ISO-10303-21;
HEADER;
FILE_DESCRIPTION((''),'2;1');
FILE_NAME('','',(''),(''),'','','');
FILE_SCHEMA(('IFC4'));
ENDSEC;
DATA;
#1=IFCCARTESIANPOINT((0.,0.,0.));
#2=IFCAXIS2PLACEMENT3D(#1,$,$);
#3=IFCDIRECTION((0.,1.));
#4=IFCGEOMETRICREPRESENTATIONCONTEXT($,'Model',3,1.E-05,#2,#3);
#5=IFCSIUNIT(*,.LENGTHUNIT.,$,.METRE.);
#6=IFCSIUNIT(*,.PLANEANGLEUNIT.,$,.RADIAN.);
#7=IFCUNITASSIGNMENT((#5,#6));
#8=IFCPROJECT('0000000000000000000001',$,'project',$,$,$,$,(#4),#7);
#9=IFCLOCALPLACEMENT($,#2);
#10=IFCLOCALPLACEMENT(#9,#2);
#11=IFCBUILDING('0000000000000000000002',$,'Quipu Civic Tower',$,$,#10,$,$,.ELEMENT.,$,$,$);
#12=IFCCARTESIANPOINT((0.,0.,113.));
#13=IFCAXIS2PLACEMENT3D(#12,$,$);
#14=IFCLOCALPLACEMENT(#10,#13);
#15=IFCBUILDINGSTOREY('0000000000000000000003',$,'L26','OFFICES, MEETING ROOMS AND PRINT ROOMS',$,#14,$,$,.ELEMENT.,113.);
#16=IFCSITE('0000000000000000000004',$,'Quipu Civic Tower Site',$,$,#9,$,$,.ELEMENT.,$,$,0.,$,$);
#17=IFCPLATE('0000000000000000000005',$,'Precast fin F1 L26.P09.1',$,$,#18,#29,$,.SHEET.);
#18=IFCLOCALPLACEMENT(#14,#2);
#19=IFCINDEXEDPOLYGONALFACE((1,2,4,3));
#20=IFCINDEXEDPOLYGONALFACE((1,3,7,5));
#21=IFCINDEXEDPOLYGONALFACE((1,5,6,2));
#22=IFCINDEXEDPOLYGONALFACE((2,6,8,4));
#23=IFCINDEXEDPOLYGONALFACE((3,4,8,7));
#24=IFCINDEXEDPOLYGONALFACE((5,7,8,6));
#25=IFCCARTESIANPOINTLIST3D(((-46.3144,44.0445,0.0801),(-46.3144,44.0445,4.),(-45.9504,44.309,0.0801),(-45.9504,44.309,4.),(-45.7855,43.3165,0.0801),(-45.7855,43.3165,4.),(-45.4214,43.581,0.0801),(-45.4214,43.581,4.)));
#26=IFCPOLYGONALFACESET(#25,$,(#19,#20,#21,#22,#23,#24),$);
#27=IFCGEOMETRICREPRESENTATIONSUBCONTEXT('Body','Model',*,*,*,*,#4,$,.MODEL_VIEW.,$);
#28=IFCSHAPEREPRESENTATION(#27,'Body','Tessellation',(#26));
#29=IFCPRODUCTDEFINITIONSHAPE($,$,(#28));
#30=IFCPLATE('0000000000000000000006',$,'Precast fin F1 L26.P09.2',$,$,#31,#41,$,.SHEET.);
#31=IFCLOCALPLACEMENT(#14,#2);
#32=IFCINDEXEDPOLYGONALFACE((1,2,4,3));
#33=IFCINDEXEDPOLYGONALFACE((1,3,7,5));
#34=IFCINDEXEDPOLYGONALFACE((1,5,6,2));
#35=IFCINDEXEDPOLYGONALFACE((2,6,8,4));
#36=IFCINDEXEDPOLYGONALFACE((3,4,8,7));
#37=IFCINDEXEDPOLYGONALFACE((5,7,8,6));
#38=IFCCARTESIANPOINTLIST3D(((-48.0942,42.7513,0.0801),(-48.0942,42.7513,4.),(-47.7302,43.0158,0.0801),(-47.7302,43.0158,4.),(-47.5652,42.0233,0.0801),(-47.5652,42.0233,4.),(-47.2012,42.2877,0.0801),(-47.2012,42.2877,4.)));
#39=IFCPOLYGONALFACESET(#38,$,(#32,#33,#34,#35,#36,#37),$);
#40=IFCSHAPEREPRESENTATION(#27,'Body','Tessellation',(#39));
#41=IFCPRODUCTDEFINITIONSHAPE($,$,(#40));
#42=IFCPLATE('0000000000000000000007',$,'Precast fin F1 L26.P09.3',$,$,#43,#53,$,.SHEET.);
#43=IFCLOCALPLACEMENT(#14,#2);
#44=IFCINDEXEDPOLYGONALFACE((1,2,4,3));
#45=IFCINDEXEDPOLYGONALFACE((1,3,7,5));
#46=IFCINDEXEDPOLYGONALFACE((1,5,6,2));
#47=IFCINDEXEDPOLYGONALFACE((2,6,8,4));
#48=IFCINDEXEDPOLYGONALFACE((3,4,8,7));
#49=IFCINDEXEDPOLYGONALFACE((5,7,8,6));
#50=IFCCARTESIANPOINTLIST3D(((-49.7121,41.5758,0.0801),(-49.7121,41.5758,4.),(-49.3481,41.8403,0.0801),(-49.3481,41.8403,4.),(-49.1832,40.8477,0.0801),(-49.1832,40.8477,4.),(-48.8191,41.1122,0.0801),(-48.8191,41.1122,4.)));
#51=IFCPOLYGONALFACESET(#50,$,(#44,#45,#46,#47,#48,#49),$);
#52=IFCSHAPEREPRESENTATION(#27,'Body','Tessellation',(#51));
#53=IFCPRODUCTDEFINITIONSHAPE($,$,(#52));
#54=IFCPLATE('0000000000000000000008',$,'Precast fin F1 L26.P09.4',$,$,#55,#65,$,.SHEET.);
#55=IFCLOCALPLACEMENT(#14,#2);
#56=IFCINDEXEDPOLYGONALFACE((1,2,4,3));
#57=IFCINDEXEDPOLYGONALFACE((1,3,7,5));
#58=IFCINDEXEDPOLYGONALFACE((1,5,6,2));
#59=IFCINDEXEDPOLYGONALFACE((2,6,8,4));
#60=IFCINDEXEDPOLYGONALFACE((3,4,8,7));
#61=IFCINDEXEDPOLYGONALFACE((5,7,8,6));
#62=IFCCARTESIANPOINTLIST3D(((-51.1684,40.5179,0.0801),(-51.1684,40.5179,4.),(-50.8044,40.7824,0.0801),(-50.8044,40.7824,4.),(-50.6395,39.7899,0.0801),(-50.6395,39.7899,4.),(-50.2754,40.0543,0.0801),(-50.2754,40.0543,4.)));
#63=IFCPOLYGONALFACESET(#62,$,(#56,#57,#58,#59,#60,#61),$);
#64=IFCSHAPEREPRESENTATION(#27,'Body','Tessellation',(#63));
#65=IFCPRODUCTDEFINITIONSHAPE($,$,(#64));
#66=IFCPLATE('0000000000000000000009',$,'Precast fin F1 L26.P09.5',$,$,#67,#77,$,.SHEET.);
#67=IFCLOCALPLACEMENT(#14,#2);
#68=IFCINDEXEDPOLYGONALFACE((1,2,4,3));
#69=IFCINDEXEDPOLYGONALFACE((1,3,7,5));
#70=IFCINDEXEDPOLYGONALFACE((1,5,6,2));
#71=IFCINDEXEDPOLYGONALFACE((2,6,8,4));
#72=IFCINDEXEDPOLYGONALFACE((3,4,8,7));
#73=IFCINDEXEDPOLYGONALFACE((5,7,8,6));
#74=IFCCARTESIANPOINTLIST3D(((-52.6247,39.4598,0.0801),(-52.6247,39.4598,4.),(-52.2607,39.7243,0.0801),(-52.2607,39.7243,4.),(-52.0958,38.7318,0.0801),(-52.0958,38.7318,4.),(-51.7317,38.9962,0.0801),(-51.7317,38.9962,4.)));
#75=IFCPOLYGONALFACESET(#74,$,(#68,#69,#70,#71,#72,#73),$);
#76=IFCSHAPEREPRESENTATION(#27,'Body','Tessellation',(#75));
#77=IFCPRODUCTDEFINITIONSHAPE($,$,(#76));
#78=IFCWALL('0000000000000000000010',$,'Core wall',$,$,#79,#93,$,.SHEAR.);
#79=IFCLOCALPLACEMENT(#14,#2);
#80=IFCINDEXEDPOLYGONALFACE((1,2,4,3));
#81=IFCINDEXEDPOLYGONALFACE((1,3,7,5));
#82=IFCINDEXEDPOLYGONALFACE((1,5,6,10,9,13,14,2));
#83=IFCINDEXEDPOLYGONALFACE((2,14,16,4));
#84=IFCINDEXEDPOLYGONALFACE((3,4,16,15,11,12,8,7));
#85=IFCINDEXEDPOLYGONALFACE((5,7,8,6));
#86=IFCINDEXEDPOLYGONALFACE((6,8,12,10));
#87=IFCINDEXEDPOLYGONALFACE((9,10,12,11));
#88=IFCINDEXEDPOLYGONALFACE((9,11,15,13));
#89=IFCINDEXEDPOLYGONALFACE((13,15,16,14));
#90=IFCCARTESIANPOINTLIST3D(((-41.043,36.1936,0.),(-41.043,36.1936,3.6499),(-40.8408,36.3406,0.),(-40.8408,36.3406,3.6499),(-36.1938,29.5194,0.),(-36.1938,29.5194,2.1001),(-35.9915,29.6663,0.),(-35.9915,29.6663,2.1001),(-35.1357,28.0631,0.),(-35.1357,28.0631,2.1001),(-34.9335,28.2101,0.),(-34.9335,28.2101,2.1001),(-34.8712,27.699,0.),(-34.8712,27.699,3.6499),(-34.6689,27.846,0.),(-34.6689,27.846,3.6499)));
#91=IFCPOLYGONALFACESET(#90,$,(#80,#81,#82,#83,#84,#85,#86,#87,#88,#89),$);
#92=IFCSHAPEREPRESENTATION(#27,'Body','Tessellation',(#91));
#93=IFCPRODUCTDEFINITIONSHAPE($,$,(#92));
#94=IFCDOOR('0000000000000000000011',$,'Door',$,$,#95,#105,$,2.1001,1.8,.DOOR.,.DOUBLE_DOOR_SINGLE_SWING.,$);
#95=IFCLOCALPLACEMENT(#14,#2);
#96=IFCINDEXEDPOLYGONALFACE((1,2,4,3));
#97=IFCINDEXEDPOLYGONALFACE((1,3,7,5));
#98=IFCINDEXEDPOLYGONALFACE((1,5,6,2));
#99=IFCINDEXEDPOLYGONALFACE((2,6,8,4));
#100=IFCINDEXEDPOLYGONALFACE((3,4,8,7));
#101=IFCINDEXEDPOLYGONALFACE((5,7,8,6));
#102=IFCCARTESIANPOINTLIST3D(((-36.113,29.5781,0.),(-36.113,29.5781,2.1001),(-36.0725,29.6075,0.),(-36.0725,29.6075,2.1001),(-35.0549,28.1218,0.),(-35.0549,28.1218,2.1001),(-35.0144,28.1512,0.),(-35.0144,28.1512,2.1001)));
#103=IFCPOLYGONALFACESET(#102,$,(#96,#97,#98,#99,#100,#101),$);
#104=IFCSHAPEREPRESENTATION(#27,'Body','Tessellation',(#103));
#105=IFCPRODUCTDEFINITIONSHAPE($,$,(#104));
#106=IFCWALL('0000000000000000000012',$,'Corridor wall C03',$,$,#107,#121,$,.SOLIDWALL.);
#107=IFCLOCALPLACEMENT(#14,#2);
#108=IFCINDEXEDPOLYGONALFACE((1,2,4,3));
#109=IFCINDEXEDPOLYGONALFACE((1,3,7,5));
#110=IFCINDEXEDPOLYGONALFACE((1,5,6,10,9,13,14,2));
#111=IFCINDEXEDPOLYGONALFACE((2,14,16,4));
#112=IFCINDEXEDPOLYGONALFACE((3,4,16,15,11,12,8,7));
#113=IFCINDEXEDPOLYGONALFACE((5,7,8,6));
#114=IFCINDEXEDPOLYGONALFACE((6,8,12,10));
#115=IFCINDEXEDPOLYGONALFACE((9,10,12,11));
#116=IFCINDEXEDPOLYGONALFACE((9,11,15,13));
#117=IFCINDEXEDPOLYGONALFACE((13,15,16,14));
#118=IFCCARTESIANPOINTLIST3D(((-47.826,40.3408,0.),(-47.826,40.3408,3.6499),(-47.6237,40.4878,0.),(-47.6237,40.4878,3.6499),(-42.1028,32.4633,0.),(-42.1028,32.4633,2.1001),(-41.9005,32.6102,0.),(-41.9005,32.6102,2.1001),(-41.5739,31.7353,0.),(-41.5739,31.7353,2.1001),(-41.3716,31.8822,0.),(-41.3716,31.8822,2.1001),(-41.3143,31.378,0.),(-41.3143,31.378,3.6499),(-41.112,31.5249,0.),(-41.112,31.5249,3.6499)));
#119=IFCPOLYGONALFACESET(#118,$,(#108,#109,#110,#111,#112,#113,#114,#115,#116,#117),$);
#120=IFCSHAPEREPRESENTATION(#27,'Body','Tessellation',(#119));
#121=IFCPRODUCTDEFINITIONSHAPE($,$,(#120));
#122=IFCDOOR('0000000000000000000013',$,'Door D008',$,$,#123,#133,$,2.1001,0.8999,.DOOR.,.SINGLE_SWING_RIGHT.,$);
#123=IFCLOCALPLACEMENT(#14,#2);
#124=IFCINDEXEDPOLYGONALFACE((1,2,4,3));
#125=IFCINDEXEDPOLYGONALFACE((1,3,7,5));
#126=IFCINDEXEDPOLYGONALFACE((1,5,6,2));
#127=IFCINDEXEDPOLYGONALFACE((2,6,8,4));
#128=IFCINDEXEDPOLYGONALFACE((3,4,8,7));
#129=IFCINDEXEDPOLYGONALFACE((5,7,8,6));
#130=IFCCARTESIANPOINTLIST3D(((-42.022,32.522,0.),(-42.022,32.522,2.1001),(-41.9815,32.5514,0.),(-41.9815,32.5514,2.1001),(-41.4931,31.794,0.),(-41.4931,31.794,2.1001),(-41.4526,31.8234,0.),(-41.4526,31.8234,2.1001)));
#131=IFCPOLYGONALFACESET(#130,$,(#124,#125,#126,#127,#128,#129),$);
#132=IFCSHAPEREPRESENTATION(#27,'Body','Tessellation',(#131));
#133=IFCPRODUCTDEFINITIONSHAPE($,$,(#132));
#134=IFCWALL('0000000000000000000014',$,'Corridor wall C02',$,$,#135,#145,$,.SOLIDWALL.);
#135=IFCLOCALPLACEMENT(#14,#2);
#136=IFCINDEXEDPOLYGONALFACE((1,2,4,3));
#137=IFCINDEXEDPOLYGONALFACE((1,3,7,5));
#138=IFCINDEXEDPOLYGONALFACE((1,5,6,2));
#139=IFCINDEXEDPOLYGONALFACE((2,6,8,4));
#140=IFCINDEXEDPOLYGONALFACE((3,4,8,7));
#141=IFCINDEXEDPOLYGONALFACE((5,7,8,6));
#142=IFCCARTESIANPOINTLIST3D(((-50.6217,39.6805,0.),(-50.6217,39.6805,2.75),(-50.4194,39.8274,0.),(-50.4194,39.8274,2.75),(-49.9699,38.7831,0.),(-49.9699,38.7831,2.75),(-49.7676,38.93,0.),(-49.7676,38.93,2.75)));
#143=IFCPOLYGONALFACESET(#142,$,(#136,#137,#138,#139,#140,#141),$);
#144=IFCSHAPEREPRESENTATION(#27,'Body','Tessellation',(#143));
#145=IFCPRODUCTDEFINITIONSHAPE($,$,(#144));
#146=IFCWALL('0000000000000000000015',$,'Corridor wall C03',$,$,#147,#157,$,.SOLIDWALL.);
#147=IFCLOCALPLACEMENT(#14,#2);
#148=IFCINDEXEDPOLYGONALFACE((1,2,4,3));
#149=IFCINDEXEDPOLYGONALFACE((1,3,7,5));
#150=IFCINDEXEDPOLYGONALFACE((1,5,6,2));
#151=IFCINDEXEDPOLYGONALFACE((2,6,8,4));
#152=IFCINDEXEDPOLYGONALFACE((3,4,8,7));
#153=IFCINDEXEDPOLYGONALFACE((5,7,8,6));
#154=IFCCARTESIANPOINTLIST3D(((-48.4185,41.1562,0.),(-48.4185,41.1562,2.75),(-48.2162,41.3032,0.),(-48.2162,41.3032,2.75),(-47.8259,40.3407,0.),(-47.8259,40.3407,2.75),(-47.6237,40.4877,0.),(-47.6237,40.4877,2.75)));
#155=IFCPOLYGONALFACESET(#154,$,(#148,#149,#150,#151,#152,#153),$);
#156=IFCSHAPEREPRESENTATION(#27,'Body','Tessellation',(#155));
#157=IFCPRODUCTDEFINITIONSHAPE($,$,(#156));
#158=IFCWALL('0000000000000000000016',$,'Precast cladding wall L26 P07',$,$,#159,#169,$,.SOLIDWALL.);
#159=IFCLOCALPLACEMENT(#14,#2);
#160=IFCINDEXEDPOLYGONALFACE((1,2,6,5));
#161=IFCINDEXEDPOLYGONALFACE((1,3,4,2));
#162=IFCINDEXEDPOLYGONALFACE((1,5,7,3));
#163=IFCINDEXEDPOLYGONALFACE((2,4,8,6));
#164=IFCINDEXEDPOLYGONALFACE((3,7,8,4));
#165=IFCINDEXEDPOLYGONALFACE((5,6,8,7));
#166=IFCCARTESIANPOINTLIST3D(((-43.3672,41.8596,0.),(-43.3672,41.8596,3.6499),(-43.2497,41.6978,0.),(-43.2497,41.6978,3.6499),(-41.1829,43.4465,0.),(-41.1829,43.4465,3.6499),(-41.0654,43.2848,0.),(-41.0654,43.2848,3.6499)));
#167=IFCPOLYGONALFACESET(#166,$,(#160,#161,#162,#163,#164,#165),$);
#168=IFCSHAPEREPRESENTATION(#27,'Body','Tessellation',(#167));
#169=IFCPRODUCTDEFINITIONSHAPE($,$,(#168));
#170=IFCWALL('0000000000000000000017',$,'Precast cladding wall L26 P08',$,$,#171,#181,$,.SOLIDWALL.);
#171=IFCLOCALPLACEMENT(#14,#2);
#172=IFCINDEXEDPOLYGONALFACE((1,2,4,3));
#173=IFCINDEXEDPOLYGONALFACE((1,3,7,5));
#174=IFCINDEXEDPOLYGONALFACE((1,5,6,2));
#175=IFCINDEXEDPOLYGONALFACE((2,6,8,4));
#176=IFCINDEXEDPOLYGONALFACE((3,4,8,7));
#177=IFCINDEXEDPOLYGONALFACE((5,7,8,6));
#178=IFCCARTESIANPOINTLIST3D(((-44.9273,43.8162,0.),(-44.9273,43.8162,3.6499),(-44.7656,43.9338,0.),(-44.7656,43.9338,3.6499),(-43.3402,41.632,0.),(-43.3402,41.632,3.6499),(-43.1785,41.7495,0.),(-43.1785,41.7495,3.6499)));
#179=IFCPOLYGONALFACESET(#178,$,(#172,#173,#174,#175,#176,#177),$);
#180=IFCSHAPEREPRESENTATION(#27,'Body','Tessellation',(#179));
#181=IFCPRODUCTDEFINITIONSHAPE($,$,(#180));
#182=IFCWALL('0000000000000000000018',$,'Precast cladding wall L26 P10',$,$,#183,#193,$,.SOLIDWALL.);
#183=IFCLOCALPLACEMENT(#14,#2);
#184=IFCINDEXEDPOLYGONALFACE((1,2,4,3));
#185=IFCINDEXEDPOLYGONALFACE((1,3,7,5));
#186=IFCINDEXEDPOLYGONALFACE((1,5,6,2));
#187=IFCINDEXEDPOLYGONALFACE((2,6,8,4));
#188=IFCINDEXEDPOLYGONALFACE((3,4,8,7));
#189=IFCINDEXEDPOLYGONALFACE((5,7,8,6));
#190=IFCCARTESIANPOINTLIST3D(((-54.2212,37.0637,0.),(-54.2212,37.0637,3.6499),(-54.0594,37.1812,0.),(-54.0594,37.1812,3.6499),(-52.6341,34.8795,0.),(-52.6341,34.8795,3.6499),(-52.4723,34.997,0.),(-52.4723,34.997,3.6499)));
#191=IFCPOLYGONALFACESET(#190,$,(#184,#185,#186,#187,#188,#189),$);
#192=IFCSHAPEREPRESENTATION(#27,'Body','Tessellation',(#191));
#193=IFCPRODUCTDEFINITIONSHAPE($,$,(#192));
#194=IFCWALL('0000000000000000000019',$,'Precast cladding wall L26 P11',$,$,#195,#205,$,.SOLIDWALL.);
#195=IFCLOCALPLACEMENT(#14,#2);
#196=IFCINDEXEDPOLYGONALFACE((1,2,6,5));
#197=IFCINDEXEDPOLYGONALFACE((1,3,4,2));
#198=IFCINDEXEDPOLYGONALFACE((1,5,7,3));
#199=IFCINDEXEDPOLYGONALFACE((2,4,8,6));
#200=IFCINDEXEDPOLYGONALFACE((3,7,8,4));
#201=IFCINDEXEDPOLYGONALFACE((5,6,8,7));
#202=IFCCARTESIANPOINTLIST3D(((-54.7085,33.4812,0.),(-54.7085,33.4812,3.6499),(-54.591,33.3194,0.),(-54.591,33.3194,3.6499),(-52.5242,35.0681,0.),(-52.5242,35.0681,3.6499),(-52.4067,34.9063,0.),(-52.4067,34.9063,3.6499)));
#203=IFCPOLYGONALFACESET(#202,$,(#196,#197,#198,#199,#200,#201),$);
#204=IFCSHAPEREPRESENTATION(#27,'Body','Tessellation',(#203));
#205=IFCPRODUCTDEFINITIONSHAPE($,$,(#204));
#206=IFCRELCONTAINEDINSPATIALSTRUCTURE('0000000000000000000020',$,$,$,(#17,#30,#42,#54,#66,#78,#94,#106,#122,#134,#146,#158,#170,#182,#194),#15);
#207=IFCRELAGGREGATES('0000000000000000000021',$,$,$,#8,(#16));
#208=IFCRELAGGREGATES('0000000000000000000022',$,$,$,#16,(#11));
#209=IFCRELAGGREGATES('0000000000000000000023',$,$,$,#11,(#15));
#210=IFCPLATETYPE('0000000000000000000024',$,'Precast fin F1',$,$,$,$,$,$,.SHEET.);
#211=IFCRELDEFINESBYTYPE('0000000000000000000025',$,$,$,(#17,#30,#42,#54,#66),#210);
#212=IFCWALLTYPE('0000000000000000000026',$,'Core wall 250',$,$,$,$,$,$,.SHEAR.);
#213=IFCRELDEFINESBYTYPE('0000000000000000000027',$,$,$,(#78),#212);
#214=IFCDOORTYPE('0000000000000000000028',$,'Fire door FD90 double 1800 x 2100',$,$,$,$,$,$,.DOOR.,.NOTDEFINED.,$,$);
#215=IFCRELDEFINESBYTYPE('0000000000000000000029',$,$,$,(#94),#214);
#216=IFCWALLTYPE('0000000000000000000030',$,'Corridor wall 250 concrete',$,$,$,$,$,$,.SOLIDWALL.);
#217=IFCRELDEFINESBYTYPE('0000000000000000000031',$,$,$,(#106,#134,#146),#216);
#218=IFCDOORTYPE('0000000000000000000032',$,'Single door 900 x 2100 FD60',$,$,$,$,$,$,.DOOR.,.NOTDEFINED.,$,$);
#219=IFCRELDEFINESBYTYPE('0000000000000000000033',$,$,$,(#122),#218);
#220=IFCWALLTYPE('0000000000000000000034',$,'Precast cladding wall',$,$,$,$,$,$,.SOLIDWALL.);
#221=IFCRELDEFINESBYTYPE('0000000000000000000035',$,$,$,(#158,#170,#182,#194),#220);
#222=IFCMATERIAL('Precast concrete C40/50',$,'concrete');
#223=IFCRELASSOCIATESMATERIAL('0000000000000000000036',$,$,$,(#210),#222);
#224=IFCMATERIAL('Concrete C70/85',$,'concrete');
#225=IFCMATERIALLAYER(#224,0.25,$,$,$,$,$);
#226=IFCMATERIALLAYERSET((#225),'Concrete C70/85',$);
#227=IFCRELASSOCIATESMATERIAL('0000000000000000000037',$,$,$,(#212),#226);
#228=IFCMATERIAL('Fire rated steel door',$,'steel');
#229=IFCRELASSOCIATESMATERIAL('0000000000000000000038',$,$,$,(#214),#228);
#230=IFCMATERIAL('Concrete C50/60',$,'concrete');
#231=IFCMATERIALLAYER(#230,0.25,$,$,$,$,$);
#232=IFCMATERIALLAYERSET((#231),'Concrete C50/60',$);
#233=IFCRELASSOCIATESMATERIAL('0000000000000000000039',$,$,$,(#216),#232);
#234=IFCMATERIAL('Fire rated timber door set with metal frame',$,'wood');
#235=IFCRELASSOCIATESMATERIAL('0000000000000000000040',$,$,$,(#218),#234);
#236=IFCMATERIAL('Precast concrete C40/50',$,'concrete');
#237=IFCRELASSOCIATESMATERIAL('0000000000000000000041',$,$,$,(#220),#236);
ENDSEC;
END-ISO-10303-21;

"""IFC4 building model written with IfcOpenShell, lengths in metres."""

from ifc_helpers import new_model, si_unit, direction, frame, frame_2d, origin, origin_2d, place, context, subcontext, project, spatial, rectangle, extrude, material, layer, layer_set, type_object, element, fill, save


model = new_model("IFC4")

# Units and contexts
model_context = context("Model", 3, precision=1e-05, world=origin(), true_north=direction((0.0, 1.0)))
body_context = subcontext(model_context, "Body", "Model", "MODEL_VIEW")
ifc_project = project(units=[si_unit("LENGTHUNIT", "METRE"), si_unit("PLANEANGLEUNIT", "RADIAN")], contexts=[model_context])

# Site, building, storey
site_placement = place(None, origin())
site = spatial("IfcSite", under=ifc_project, at=site_placement, Name="Quipu Civic Tower Site", CompositionType="ELEMENT", RefElevation=0.0)
building_placement = place(site_placement, origin())
building = spatial("IfcBuilding", under=site, at=building_placement, Name="Quipu Civic Tower", CompositionType="ELEMENT")
storey_placement = place(building_placement, frame((0.0, 0.0, 113.0)))
storey = spatial("IfcBuildingStorey", under=building, at=storey_placement, Name="L26", Description="OFFICES, MEETING ROOMS AND PRINT ROOMS", CompositionType="ELEMENT", Elevation=113.0)

# Plates
ifc_material_1 = material(Name="Precast concrete C40/50", Category="concrete")
plate_type_1 = type_object("IfcPlateType", Name="Precast fin F1", PredefinedType="SHEET", material=ifc_material_1)
for number, where, z_axis, x_axis, name in (
    (1, (-45.8679, 43.8127, 0.0801), (0.0, 0.0, 1.0), (-0.809021, -0.587779, 0.0), "Precast fin F1 L26.P09.1"),
    (2, (-47.6477, 42.5195, 0.0801), (0.0, 0.0, 1.0), (-0.809021, -0.587779, 0.0), "Precast fin F1 L26.P09.2"),
    (3, (-49.2656, 41.344, 0.0801), (0.0, 0.0, 1.0), (-0.809021, -0.587779, 0.0), "Precast fin F1 L26.P09.3"),
    (4, (-50.7219, 40.2861, 0.0801), (0.0, 0.0, 1.0), (-0.809021, -0.587779, 0.0), "Precast fin F1 L26.P09.4"),
    (5, (-52.1782, 39.228, 0.0801), (0.0, 0.0, 1.0), (-0.809021, -0.587779, 0.0), "Precast fin F1 L26.P09.5"),
):
    element("IfcPlate", number, at=place(storey_placement, frame(where, z_axis=z_axis, x_axis=x_axis)), inside=storey, type_object=plate_type_1, Name=name, PredefinedType="SHEET", context=body_context, shape_type="SweptSolid", body=[
        extrude(rectangle(XDim=0.45, YDim=0.8999, at=origin_2d()), origin(), (0.0, 0.0, 1.0), 3.9199),
    ])

# Walls, openings, doors
ifc_material_2 = material(Name="Concrete C70/85", Category="concrete")
ifc_layer_1 = layer(ifc_material_2, 0.25)
ifc_layer_set_1 = layer_set([ifc_layer_1], Name="Concrete C70/85")
wall_type_1 = type_object("IfcWallType", Name="Core wall 250", PredefinedType="SHEAR", material=ifc_layer_set_1)
wall_1_placement = place(storey_placement, frame((-40.9419, 36.2671, 0.0), z_axis=(0.0, 0.0, 1.0), x_axis=(0.587796, -0.809009, 0.0)))
wall_1 = element("IfcWall", 6, at=wall_1_placement, inside=storey, type_object=wall_type_1, Name="Core wall", PredefinedType="SHEAR", context=body_context, shape_type="SweptSolid", body=[
    extrude(rectangle(XDim=10.5, YDim=0.25, at=frame_2d((5.25, 0.0))), origin(), (0.0, 0.0, 1.0), 3.6499),
])
opening_1_placement = place(wall_1_placement, frame((8.25, 0.0, 0.0)))
opening_1 = element("IfcOpeningElement", 7, at=opening_1_placement, cuts=wall_1, PredefinedType="OPENING", context=body_context, shape_type="SweptSolid", body=[
    extrude(rectangle(XDim=1.8, YDim=2.1001, at=frame_2d((0.8999, 1.05))), frame((0.0, 0.135, 0.0), z_axis=(0.0, -1.0, 0.0), x_axis=(1.0, 0.0, 0.0)), (0.0, 0.0, 1.0), 0.27),
])
ifc_material_3 = material(Name="Fire rated steel door", Category="steel")
door_type_1 = type_object("IfcDoorType", Name="Fire door FD90 double 1800 x 2100", OperationType="NOTDEFINED", PredefinedType="DOOR", material=ifc_material_3)
door_1_placement = place(opening_1_placement, origin())
door_1 = element("IfcDoor", 8, at=door_1_placement, inside=storey, type_object=door_type_1, Name="Door", OperationType="DOUBLE_DOOR_SINGLE_SWING", OverallHeight=2.1001, OverallWidth=1.8, PredefinedType="DOOR", context=body_context, shape_type="SweptSolid", body=[
    extrude(rectangle(XDim=1.8, YDim=2.1001, at=frame_2d((0.8999, 1.05))), frame((0.0, 0.0249, 0.0), z_axis=(0.0, -1.0, 0.0), x_axis=(1.0, 0.0, 0.0)), (0.0, 0.0, 1.0), 0.05),
])
fill(opening_1, door_1)
ifc_material_4 = material(Name="Concrete C50/60", Category="concrete")
ifc_layer_2 = layer(ifc_material_4, 0.25)
ifc_layer_set_2 = layer_set([ifc_layer_2], Name="Concrete C50/60")
wall_type_2 = type_object("IfcWallType", Name="Corridor wall 250 concrete", PredefinedType="SOLIDWALL", material=ifc_layer_set_2)
wall_2_placement = place(storey_placement, frame((-47.7249, 40.4143, 0.0), z_axis=(0.0, 0.0, 1.0), x_axis=(0.587773, -0.809026, 0.0)))
wall_2 = element("IfcWall", 9, at=wall_2_placement, inside=storey, type_object=wall_type_2, Name="Corridor wall C03", PredefinedType="SOLIDWALL", context=body_context, shape_type="SweptSolid", body=[
    extrude(rectangle(XDim=11.0786, YDim=0.25, at=frame_2d((5.5393, 0.0))), origin(), (0.0, 0.0, 1.0), 3.6499),
])
opening_2_placement = place(wall_2_placement, frame((9.7371, 0.0, 0.0)))
opening_2 = element("IfcOpeningElement", 10, at=opening_2_placement, cuts=wall_2, PredefinedType="OPENING", context=body_context, shape_type="SweptSolid", body=[
    extrude(rectangle(XDim=0.8999, YDim=2.1001, at=frame_2d((0.45, 1.05))), frame((0.0, 0.135, 0.0), z_axis=(0.0, -1.0, 0.0), x_axis=(1.0, 0.0, 0.0)), (0.0, 0.0, 1.0), 0.27),
])
ifc_material_5 = material(Name="Fire rated timber door set with metal frame", Category="wood")
door_type_2 = type_object("IfcDoorType", Name="Single door 900 x 2100 FD60", OperationType="NOTDEFINED", PredefinedType="DOOR", material=ifc_material_5)
door_2_placement = place(opening_2_placement, origin())
door_2 = element("IfcDoor", 11, at=door_2_placement, inside=storey, type_object=door_type_2, Name="Door D008", OperationType="SINGLE_SWING_RIGHT", OverallHeight=2.1001, OverallWidth=0.8999, PredefinedType="DOOR", context=body_context, shape_type="SweptSolid", body=[
    extrude(rectangle(XDim=0.8999, YDim=2.1001, at=frame_2d((0.45, 1.05))), frame((0.0, 0.0249, 0.0), z_axis=(0.0, -1.0, 0.0), x_axis=(1.0, 0.0, 0.0)), (0.0, 0.0, 1.0), 0.05),
])
fill(opening_2, door_2)

# Walls
wall_3_placement = place(storey_placement, frame((-49.8687, 38.8564, 0.0), z_axis=(0.0, 0.0, 1.0), x_axis=(-0.587674, 0.809098, 0.0)))
element("IfcWall", 12, at=wall_3_placement, inside=storey, type_object=wall_type_2, Name="Corridor wall C02", PredefinedType="SOLIDWALL", context=body_context, shape_type="SweptSolid", body=[
    extrude(rectangle(XDim=1.1091, YDim=0.25, at=frame_2d((0.5547, 0.0))), origin(), (0.0, 0.0, 1.0), 2.75),
])
wall_4_placement = place(storey_placement, frame((-47.7249, 40.4143, 0.0), z_axis=(0.0, 0.0, 1.0), x_axis=(-0.58784, 0.808977, 0.0)))
element("IfcWall", 13, at=wall_4_placement, inside=storey, type_object=wall_type_2, Name="Corridor wall C03", PredefinedType="SOLIDWALL", context=body_context, shape_type="SweptSolid", body=[
    extrude(rectangle(XDim=1.0081, YDim=0.25, at=frame_2d((0.5039, 0.0))), origin(), (0.0, 0.0, 1.0), 2.75),
])
ifc_material_6 = material(Name="Precast concrete C40/50", Category="concrete")
wall_type_3 = type_object("IfcWallType", Name="Precast cladding wall", PredefinedType="SOLIDWALL", material=ifc_material_6)
for number, where, z_axis, x_axis, name in (
    (14, (-41.124, 43.3657, 0.0), (0.0, 0.0, 1.0), (-0.809033, -0.587763, 0.0), "Precast cladding wall L26 P07"),
    (15, (-43.2593, 41.6907, 0.0), (0.0, 0.0, 1.0), (-0.587822, 0.80899, 0.0), "Precast cladding wall L26 P08"),
    (16, (-54.1404, 37.1226, 0.0), (0.0, 0.0, 1.0), (0.587822, -0.80899, 0.0), "Precast cladding wall L26 P10"),
    (17, (-52.4653, 34.9873, 0.0), (0.0, 0.0, 1.0), (-0.809033, -0.587763, 0.0), "Precast cladding wall L26 P11"),
):
    element("IfcWall", number, at=place(storey_placement, frame(where, z_axis=z_axis, x_axis=x_axis)), inside=storey, type_object=wall_type_3, Name=name, PredefinedType="SOLIDWALL", context=body_context, shape_type="SweptSolid", body=[
        extrude(rectangle(XDim=2.7, YDim=0.2, at=frame_2d((1.3501, 0.0))), origin(), (0.0, 0.0, 1.0), 3.6499),
    ])

save(model, "model.ifc")
